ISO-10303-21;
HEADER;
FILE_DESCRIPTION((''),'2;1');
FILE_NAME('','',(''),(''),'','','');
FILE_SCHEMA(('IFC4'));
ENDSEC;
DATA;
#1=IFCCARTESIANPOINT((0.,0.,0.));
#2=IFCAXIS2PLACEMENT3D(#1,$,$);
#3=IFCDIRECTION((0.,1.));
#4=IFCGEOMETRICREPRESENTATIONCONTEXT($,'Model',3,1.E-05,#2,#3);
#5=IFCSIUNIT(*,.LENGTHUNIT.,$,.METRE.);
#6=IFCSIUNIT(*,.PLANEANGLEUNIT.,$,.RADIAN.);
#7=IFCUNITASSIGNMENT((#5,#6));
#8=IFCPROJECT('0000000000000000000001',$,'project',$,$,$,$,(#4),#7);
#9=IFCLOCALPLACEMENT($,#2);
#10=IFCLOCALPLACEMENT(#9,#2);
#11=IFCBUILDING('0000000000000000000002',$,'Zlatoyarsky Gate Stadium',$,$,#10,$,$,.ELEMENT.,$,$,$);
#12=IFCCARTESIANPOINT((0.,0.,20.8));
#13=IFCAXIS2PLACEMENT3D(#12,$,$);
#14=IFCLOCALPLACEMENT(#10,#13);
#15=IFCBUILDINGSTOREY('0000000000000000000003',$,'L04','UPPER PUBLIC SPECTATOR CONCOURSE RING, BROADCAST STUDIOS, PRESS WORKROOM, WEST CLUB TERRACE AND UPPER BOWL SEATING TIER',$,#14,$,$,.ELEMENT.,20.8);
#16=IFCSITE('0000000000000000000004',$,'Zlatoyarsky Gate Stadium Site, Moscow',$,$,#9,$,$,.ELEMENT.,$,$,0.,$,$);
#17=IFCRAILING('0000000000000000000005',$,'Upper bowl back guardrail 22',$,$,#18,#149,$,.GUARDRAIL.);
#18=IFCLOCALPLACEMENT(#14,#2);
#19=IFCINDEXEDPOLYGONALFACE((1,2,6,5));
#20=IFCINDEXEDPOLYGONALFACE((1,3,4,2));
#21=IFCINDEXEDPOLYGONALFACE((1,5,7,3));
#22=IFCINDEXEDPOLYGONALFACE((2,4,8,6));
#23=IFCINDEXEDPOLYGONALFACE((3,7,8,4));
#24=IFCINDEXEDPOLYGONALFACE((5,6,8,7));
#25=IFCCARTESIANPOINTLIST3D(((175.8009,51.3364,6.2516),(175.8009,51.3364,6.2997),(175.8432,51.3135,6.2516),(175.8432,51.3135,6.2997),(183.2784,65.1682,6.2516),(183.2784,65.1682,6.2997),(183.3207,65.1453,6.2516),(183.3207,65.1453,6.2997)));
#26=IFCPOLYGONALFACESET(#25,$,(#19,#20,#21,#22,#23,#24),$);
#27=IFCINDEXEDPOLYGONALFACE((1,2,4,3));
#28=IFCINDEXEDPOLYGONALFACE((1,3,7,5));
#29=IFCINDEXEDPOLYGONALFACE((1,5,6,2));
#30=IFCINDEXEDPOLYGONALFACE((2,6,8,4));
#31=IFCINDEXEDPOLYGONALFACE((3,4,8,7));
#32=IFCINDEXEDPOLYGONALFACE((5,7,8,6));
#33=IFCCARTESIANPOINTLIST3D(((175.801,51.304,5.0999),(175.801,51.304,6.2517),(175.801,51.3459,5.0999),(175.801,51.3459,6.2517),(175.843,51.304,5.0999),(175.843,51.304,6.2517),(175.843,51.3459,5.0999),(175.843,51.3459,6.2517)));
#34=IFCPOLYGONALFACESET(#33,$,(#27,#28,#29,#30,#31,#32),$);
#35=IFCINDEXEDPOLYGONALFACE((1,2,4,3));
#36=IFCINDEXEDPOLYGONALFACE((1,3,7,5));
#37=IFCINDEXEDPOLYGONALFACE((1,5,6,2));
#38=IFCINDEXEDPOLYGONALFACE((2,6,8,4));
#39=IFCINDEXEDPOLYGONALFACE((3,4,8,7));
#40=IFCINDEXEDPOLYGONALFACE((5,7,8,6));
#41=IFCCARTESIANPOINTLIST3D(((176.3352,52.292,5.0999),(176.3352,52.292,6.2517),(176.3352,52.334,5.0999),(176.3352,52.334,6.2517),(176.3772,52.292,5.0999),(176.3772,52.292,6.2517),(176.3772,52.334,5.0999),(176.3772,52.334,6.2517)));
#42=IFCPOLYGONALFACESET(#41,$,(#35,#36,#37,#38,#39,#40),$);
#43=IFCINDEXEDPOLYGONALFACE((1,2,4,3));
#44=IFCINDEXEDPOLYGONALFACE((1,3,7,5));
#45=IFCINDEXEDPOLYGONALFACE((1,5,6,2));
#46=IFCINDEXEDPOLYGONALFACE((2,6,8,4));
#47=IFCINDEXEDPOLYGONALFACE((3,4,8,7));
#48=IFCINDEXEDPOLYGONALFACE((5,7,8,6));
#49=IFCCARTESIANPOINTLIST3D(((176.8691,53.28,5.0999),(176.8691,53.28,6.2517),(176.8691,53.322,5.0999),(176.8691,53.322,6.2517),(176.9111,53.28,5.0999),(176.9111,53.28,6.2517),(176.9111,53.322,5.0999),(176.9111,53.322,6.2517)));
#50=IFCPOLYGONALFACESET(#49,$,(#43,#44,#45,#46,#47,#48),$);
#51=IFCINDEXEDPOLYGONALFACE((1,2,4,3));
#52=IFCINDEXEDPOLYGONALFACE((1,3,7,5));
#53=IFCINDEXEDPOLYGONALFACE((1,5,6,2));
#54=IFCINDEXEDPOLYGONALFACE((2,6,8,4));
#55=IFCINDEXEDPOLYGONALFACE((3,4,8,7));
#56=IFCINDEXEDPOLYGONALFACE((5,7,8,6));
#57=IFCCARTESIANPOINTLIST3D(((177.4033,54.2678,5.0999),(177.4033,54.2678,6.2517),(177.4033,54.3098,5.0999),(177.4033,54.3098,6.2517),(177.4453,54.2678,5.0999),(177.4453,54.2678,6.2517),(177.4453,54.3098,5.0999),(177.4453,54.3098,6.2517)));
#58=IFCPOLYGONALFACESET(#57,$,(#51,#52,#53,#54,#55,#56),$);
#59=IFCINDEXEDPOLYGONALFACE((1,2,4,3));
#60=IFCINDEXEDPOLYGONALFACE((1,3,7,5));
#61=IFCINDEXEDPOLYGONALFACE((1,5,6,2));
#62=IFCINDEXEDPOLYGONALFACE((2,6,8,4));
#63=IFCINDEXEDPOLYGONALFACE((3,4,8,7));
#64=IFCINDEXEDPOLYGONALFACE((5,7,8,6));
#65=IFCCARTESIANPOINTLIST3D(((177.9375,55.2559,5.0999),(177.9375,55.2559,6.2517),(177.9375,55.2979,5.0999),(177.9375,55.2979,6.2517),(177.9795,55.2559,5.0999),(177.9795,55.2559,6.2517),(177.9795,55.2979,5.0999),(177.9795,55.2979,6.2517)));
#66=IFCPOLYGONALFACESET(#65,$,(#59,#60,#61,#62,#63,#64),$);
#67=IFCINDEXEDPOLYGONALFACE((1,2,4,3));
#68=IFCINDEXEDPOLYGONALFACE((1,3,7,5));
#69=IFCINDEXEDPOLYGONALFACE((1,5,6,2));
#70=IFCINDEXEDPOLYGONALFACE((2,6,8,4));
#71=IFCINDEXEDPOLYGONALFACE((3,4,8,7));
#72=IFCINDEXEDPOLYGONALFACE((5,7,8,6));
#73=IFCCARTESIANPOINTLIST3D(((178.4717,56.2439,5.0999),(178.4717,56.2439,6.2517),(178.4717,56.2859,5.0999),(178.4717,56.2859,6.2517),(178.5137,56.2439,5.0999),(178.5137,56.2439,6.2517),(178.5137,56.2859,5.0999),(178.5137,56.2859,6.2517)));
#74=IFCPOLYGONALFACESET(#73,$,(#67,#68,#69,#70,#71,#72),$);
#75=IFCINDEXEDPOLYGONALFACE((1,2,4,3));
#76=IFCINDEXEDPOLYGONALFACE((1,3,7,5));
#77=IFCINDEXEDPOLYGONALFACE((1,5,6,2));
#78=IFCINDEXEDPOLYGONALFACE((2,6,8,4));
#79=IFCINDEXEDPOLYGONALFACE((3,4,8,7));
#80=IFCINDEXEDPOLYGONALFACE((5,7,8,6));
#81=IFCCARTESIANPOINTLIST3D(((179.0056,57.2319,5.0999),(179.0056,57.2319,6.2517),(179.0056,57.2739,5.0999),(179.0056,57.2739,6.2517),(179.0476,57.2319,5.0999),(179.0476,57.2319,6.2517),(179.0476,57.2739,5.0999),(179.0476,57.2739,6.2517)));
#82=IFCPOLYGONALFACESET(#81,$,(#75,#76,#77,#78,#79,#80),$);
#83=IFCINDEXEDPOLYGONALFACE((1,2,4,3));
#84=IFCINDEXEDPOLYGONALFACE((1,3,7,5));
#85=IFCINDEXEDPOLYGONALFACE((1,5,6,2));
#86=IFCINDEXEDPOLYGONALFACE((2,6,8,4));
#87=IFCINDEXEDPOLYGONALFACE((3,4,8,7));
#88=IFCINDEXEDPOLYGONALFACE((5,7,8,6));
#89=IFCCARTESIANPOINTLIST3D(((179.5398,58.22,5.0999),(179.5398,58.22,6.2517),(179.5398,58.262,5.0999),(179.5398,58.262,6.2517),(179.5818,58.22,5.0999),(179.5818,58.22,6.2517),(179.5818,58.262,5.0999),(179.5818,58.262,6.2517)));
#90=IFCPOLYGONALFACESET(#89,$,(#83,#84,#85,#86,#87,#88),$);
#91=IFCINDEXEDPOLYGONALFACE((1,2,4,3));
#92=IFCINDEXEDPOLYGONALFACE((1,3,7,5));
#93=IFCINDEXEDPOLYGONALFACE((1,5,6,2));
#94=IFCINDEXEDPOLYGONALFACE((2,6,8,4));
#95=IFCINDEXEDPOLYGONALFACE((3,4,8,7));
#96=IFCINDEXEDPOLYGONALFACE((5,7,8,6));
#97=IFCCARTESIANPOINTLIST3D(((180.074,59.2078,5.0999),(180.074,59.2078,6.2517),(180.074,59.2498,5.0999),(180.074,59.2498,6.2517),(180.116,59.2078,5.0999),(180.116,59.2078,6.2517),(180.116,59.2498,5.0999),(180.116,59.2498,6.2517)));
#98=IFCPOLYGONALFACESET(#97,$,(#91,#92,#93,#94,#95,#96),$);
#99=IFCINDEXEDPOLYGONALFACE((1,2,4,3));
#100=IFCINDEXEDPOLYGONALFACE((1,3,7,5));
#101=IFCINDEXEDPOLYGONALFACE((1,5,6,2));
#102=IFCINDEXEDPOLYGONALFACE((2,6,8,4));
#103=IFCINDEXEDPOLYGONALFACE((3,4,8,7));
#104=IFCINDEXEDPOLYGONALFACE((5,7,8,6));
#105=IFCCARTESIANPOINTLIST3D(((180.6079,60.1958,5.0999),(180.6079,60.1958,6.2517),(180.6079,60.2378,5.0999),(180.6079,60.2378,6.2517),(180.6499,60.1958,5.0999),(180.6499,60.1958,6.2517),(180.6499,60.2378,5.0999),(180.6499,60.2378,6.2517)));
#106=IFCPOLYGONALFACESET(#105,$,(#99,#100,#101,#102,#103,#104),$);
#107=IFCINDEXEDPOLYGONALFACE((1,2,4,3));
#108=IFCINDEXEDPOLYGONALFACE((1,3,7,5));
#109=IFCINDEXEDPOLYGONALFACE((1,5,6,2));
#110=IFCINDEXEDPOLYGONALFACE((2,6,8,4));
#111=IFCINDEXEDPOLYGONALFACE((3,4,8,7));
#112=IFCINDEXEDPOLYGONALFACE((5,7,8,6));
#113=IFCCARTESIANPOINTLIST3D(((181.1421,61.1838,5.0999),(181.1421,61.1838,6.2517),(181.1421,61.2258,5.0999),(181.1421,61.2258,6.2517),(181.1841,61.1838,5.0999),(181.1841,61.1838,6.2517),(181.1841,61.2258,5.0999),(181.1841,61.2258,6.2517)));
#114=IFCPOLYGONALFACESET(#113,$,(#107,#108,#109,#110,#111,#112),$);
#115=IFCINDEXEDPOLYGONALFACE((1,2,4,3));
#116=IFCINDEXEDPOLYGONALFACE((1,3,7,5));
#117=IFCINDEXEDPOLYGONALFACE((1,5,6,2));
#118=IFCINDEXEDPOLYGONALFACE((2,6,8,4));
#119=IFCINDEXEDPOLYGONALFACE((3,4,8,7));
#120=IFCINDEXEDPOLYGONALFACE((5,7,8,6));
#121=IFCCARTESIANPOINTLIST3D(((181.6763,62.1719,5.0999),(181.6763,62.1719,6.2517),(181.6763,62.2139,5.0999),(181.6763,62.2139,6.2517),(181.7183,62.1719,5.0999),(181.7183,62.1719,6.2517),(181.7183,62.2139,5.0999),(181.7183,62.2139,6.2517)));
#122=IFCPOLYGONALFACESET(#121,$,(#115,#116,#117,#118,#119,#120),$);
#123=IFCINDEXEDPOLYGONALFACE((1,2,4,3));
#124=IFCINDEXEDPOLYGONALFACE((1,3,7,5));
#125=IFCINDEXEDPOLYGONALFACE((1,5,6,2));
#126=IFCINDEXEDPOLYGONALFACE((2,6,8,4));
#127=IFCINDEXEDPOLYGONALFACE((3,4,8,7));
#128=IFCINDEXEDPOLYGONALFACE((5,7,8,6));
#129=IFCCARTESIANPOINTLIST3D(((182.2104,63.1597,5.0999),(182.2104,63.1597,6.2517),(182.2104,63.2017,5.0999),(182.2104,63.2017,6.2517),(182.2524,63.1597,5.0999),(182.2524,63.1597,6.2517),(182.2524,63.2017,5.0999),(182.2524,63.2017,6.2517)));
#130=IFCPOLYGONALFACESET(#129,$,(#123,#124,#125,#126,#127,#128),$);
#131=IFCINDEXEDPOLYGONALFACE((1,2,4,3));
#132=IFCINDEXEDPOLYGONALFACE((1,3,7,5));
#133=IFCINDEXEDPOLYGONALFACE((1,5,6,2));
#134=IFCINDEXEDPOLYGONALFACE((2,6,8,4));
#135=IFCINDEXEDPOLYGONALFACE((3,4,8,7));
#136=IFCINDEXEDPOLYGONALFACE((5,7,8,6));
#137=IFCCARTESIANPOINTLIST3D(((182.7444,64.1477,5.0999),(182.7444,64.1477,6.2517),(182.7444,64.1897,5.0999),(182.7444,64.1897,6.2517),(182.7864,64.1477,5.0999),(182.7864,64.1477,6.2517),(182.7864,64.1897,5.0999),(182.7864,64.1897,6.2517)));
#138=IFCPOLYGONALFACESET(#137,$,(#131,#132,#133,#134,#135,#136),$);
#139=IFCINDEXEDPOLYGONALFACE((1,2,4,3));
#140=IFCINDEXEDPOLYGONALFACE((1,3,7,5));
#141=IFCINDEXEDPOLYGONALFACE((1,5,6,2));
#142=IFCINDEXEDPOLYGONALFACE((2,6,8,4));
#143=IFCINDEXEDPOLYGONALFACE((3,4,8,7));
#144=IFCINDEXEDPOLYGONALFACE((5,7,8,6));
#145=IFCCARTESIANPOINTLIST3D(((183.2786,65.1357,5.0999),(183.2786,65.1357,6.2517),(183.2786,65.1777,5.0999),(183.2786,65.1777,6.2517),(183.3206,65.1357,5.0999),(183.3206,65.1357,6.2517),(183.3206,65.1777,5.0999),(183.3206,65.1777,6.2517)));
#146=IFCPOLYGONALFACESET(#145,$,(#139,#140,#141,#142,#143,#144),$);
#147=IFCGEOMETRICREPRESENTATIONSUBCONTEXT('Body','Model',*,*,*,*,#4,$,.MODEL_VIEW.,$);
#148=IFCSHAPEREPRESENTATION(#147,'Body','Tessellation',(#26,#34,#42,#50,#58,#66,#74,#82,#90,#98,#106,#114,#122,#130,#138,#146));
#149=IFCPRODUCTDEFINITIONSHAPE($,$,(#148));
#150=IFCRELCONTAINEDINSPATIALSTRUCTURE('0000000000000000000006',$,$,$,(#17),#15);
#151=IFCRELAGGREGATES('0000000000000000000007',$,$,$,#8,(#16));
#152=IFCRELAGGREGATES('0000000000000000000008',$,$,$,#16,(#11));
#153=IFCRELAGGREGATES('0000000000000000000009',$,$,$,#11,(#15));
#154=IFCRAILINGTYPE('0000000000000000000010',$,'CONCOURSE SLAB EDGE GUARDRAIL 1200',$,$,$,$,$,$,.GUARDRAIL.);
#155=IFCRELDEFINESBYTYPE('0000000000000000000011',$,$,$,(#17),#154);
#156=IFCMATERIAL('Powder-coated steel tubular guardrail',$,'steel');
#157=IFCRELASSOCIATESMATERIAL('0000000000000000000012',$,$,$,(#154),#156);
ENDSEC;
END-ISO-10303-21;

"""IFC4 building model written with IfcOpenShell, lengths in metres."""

from ifc_helpers import new_model, si_unit, direction, frame, origin, origin_2d, place, context, subcontext, project, spatial, rectangle, extrude, material, type_object, element, save


model = new_model("IFC4")

# Units and contexts
model_context = context("Model", 3, precision=1e-05, world=origin(), true_north=direction((0.0, 1.0)))
body_context = subcontext(model_context, "Body", "Model", "MODEL_VIEW")
ifc_project = project(units=[si_unit("LENGTHUNIT", "METRE"), si_unit("PLANEANGLEUNIT", "RADIAN")], contexts=[model_context])

# Site, building, storey
site_placement = place(None, origin())
site = spatial("IfcSite", under=ifc_project, at=site_placement, Name="Zlatoyarsky Gate Stadium Site, Moscow", CompositionType="ELEMENT", RefElevation=0.0)
building_placement = place(site_placement, origin())
building = spatial("IfcBuilding", under=site, at=building_placement, Name="Zlatoyarsky Gate Stadium", CompositionType="ELEMENT")
storey_placement = place(building_placement, frame((0.0, 0.0, 20.8)))
storey = spatial("IfcBuildingStorey", under=building, at=storey_placement, Name="L04", Description="UPPER PUBLIC SPECTATOR CONCOURSE RING, BROADCAST STUDIOS, PRESS WORKROOM, WEST CLUB TERRACE AND UPPER BOWL SEATING TIER", CompositionType="ELEMENT", Elevation=20.8)

# Railing
ifc_material_1 = material(Name="Powder-coated steel tubular guardrail", Category="steel")
railing_type_1 = type_object("IfcRailingType", Name="CONCOURSE SLAB EDGE GUARDRAIL 1200", PredefinedType="GUARDRAIL", material=ifc_material_1)
railing_1_placement = place(storey_placement, frame((175.822, 51.325, 5.0999)))
element("IfcRailing", 1, at=railing_1_placement, inside=storey, type_object=railing_type_1, Name="Upper bowl back guardrail 22", PredefinedType="GUARDRAIL", context=body_context, shape_type="SweptSolid", body=[
    extrude(rectangle(XDim=0.0481, YDim=0.0481, at=origin_2d()), frame((0.0, 0.0, 1.1758), z_axis=(0.475561, 0.879683, 0.0), x_axis=(-0.879683, 0.475561, 0.0)), (0.0, 0.0, 1.0), 15.7236),
    extrude(rectangle(XDim=0.042, YDim=0.042, at=origin_2d()), origin(), (0.0, 0.0, 1.0), 1.1519),
    extrude(rectangle(XDim=0.042, YDim=0.042, at=origin_2d()), frame((0.5342, 0.988, 0.0)), (0.0, 0.0, 1.0), 1.1519),
    extrude(rectangle(XDim=0.042, YDim=0.042, at=origin_2d()), frame((1.0681, 1.9761, 0.0)), (0.0, 0.0, 1.0), 1.1519),
    extrude(rectangle(XDim=0.042, YDim=0.042, at=origin_2d()), frame((1.6023, 2.9639, 0.0)), (0.0, 0.0, 1.0), 1.1519),
    extrude(rectangle(XDim=0.042, YDim=0.042, at=origin_2d()), frame((2.1365, 3.9519, 0.0)), (0.0, 0.0, 1.0), 1.1519),
    extrude(rectangle(XDim=0.042, YDim=0.042, at=origin_2d()), frame((2.6707, 4.9399, 0.0)), (0.0, 0.0, 1.0), 1.1519),
    extrude(rectangle(XDim=0.042, YDim=0.042, at=origin_2d()), frame((3.2046, 5.928, 0.0)), (0.0, 0.0, 1.0), 1.1519),
    extrude(rectangle(XDim=0.042, YDim=0.042, at=origin_2d()), frame((3.7388, 6.916, 0.0)), (0.0, 0.0, 1.0), 1.1519),
    extrude(rectangle(XDim=0.042, YDim=0.042, at=origin_2d()), frame((4.2729, 7.9038, 0.0)), (0.0, 0.0, 1.0), 1.1519),
    extrude(rectangle(XDim=0.042, YDim=0.042, at=origin_2d()), frame((4.8069, 8.8918, 0.0)), (0.0, 0.0, 1.0), 1.1519),
    extrude(rectangle(XDim=0.042, YDim=0.042, at=origin_2d()), frame((5.3411, 9.8799, 0.0)), (0.0, 0.0, 1.0), 1.1519),
    extrude(rectangle(XDim=0.042, YDim=0.042, at=origin_2d()), frame((5.8752, 10.8679, 0.0)), (0.0, 0.0, 1.0), 1.1519),
    extrude(rectangle(XDim=0.042, YDim=0.042, at=origin_2d()), frame((6.4094, 11.8557, 0.0)), (0.0, 0.0, 1.0), 1.1519),
    extrude(rectangle(XDim=0.042, YDim=0.042, at=origin_2d()), frame((6.9434, 12.8438, 0.0)), (0.0, 0.0, 1.0), 1.1519),
    extrude(rectangle(XDim=0.042, YDim=0.042, at=origin_2d()), frame((7.4775, 13.8318, 0.0)), (0.0, 0.0, 1.0), 1.1519),
])

save(model, "model.ifc")
